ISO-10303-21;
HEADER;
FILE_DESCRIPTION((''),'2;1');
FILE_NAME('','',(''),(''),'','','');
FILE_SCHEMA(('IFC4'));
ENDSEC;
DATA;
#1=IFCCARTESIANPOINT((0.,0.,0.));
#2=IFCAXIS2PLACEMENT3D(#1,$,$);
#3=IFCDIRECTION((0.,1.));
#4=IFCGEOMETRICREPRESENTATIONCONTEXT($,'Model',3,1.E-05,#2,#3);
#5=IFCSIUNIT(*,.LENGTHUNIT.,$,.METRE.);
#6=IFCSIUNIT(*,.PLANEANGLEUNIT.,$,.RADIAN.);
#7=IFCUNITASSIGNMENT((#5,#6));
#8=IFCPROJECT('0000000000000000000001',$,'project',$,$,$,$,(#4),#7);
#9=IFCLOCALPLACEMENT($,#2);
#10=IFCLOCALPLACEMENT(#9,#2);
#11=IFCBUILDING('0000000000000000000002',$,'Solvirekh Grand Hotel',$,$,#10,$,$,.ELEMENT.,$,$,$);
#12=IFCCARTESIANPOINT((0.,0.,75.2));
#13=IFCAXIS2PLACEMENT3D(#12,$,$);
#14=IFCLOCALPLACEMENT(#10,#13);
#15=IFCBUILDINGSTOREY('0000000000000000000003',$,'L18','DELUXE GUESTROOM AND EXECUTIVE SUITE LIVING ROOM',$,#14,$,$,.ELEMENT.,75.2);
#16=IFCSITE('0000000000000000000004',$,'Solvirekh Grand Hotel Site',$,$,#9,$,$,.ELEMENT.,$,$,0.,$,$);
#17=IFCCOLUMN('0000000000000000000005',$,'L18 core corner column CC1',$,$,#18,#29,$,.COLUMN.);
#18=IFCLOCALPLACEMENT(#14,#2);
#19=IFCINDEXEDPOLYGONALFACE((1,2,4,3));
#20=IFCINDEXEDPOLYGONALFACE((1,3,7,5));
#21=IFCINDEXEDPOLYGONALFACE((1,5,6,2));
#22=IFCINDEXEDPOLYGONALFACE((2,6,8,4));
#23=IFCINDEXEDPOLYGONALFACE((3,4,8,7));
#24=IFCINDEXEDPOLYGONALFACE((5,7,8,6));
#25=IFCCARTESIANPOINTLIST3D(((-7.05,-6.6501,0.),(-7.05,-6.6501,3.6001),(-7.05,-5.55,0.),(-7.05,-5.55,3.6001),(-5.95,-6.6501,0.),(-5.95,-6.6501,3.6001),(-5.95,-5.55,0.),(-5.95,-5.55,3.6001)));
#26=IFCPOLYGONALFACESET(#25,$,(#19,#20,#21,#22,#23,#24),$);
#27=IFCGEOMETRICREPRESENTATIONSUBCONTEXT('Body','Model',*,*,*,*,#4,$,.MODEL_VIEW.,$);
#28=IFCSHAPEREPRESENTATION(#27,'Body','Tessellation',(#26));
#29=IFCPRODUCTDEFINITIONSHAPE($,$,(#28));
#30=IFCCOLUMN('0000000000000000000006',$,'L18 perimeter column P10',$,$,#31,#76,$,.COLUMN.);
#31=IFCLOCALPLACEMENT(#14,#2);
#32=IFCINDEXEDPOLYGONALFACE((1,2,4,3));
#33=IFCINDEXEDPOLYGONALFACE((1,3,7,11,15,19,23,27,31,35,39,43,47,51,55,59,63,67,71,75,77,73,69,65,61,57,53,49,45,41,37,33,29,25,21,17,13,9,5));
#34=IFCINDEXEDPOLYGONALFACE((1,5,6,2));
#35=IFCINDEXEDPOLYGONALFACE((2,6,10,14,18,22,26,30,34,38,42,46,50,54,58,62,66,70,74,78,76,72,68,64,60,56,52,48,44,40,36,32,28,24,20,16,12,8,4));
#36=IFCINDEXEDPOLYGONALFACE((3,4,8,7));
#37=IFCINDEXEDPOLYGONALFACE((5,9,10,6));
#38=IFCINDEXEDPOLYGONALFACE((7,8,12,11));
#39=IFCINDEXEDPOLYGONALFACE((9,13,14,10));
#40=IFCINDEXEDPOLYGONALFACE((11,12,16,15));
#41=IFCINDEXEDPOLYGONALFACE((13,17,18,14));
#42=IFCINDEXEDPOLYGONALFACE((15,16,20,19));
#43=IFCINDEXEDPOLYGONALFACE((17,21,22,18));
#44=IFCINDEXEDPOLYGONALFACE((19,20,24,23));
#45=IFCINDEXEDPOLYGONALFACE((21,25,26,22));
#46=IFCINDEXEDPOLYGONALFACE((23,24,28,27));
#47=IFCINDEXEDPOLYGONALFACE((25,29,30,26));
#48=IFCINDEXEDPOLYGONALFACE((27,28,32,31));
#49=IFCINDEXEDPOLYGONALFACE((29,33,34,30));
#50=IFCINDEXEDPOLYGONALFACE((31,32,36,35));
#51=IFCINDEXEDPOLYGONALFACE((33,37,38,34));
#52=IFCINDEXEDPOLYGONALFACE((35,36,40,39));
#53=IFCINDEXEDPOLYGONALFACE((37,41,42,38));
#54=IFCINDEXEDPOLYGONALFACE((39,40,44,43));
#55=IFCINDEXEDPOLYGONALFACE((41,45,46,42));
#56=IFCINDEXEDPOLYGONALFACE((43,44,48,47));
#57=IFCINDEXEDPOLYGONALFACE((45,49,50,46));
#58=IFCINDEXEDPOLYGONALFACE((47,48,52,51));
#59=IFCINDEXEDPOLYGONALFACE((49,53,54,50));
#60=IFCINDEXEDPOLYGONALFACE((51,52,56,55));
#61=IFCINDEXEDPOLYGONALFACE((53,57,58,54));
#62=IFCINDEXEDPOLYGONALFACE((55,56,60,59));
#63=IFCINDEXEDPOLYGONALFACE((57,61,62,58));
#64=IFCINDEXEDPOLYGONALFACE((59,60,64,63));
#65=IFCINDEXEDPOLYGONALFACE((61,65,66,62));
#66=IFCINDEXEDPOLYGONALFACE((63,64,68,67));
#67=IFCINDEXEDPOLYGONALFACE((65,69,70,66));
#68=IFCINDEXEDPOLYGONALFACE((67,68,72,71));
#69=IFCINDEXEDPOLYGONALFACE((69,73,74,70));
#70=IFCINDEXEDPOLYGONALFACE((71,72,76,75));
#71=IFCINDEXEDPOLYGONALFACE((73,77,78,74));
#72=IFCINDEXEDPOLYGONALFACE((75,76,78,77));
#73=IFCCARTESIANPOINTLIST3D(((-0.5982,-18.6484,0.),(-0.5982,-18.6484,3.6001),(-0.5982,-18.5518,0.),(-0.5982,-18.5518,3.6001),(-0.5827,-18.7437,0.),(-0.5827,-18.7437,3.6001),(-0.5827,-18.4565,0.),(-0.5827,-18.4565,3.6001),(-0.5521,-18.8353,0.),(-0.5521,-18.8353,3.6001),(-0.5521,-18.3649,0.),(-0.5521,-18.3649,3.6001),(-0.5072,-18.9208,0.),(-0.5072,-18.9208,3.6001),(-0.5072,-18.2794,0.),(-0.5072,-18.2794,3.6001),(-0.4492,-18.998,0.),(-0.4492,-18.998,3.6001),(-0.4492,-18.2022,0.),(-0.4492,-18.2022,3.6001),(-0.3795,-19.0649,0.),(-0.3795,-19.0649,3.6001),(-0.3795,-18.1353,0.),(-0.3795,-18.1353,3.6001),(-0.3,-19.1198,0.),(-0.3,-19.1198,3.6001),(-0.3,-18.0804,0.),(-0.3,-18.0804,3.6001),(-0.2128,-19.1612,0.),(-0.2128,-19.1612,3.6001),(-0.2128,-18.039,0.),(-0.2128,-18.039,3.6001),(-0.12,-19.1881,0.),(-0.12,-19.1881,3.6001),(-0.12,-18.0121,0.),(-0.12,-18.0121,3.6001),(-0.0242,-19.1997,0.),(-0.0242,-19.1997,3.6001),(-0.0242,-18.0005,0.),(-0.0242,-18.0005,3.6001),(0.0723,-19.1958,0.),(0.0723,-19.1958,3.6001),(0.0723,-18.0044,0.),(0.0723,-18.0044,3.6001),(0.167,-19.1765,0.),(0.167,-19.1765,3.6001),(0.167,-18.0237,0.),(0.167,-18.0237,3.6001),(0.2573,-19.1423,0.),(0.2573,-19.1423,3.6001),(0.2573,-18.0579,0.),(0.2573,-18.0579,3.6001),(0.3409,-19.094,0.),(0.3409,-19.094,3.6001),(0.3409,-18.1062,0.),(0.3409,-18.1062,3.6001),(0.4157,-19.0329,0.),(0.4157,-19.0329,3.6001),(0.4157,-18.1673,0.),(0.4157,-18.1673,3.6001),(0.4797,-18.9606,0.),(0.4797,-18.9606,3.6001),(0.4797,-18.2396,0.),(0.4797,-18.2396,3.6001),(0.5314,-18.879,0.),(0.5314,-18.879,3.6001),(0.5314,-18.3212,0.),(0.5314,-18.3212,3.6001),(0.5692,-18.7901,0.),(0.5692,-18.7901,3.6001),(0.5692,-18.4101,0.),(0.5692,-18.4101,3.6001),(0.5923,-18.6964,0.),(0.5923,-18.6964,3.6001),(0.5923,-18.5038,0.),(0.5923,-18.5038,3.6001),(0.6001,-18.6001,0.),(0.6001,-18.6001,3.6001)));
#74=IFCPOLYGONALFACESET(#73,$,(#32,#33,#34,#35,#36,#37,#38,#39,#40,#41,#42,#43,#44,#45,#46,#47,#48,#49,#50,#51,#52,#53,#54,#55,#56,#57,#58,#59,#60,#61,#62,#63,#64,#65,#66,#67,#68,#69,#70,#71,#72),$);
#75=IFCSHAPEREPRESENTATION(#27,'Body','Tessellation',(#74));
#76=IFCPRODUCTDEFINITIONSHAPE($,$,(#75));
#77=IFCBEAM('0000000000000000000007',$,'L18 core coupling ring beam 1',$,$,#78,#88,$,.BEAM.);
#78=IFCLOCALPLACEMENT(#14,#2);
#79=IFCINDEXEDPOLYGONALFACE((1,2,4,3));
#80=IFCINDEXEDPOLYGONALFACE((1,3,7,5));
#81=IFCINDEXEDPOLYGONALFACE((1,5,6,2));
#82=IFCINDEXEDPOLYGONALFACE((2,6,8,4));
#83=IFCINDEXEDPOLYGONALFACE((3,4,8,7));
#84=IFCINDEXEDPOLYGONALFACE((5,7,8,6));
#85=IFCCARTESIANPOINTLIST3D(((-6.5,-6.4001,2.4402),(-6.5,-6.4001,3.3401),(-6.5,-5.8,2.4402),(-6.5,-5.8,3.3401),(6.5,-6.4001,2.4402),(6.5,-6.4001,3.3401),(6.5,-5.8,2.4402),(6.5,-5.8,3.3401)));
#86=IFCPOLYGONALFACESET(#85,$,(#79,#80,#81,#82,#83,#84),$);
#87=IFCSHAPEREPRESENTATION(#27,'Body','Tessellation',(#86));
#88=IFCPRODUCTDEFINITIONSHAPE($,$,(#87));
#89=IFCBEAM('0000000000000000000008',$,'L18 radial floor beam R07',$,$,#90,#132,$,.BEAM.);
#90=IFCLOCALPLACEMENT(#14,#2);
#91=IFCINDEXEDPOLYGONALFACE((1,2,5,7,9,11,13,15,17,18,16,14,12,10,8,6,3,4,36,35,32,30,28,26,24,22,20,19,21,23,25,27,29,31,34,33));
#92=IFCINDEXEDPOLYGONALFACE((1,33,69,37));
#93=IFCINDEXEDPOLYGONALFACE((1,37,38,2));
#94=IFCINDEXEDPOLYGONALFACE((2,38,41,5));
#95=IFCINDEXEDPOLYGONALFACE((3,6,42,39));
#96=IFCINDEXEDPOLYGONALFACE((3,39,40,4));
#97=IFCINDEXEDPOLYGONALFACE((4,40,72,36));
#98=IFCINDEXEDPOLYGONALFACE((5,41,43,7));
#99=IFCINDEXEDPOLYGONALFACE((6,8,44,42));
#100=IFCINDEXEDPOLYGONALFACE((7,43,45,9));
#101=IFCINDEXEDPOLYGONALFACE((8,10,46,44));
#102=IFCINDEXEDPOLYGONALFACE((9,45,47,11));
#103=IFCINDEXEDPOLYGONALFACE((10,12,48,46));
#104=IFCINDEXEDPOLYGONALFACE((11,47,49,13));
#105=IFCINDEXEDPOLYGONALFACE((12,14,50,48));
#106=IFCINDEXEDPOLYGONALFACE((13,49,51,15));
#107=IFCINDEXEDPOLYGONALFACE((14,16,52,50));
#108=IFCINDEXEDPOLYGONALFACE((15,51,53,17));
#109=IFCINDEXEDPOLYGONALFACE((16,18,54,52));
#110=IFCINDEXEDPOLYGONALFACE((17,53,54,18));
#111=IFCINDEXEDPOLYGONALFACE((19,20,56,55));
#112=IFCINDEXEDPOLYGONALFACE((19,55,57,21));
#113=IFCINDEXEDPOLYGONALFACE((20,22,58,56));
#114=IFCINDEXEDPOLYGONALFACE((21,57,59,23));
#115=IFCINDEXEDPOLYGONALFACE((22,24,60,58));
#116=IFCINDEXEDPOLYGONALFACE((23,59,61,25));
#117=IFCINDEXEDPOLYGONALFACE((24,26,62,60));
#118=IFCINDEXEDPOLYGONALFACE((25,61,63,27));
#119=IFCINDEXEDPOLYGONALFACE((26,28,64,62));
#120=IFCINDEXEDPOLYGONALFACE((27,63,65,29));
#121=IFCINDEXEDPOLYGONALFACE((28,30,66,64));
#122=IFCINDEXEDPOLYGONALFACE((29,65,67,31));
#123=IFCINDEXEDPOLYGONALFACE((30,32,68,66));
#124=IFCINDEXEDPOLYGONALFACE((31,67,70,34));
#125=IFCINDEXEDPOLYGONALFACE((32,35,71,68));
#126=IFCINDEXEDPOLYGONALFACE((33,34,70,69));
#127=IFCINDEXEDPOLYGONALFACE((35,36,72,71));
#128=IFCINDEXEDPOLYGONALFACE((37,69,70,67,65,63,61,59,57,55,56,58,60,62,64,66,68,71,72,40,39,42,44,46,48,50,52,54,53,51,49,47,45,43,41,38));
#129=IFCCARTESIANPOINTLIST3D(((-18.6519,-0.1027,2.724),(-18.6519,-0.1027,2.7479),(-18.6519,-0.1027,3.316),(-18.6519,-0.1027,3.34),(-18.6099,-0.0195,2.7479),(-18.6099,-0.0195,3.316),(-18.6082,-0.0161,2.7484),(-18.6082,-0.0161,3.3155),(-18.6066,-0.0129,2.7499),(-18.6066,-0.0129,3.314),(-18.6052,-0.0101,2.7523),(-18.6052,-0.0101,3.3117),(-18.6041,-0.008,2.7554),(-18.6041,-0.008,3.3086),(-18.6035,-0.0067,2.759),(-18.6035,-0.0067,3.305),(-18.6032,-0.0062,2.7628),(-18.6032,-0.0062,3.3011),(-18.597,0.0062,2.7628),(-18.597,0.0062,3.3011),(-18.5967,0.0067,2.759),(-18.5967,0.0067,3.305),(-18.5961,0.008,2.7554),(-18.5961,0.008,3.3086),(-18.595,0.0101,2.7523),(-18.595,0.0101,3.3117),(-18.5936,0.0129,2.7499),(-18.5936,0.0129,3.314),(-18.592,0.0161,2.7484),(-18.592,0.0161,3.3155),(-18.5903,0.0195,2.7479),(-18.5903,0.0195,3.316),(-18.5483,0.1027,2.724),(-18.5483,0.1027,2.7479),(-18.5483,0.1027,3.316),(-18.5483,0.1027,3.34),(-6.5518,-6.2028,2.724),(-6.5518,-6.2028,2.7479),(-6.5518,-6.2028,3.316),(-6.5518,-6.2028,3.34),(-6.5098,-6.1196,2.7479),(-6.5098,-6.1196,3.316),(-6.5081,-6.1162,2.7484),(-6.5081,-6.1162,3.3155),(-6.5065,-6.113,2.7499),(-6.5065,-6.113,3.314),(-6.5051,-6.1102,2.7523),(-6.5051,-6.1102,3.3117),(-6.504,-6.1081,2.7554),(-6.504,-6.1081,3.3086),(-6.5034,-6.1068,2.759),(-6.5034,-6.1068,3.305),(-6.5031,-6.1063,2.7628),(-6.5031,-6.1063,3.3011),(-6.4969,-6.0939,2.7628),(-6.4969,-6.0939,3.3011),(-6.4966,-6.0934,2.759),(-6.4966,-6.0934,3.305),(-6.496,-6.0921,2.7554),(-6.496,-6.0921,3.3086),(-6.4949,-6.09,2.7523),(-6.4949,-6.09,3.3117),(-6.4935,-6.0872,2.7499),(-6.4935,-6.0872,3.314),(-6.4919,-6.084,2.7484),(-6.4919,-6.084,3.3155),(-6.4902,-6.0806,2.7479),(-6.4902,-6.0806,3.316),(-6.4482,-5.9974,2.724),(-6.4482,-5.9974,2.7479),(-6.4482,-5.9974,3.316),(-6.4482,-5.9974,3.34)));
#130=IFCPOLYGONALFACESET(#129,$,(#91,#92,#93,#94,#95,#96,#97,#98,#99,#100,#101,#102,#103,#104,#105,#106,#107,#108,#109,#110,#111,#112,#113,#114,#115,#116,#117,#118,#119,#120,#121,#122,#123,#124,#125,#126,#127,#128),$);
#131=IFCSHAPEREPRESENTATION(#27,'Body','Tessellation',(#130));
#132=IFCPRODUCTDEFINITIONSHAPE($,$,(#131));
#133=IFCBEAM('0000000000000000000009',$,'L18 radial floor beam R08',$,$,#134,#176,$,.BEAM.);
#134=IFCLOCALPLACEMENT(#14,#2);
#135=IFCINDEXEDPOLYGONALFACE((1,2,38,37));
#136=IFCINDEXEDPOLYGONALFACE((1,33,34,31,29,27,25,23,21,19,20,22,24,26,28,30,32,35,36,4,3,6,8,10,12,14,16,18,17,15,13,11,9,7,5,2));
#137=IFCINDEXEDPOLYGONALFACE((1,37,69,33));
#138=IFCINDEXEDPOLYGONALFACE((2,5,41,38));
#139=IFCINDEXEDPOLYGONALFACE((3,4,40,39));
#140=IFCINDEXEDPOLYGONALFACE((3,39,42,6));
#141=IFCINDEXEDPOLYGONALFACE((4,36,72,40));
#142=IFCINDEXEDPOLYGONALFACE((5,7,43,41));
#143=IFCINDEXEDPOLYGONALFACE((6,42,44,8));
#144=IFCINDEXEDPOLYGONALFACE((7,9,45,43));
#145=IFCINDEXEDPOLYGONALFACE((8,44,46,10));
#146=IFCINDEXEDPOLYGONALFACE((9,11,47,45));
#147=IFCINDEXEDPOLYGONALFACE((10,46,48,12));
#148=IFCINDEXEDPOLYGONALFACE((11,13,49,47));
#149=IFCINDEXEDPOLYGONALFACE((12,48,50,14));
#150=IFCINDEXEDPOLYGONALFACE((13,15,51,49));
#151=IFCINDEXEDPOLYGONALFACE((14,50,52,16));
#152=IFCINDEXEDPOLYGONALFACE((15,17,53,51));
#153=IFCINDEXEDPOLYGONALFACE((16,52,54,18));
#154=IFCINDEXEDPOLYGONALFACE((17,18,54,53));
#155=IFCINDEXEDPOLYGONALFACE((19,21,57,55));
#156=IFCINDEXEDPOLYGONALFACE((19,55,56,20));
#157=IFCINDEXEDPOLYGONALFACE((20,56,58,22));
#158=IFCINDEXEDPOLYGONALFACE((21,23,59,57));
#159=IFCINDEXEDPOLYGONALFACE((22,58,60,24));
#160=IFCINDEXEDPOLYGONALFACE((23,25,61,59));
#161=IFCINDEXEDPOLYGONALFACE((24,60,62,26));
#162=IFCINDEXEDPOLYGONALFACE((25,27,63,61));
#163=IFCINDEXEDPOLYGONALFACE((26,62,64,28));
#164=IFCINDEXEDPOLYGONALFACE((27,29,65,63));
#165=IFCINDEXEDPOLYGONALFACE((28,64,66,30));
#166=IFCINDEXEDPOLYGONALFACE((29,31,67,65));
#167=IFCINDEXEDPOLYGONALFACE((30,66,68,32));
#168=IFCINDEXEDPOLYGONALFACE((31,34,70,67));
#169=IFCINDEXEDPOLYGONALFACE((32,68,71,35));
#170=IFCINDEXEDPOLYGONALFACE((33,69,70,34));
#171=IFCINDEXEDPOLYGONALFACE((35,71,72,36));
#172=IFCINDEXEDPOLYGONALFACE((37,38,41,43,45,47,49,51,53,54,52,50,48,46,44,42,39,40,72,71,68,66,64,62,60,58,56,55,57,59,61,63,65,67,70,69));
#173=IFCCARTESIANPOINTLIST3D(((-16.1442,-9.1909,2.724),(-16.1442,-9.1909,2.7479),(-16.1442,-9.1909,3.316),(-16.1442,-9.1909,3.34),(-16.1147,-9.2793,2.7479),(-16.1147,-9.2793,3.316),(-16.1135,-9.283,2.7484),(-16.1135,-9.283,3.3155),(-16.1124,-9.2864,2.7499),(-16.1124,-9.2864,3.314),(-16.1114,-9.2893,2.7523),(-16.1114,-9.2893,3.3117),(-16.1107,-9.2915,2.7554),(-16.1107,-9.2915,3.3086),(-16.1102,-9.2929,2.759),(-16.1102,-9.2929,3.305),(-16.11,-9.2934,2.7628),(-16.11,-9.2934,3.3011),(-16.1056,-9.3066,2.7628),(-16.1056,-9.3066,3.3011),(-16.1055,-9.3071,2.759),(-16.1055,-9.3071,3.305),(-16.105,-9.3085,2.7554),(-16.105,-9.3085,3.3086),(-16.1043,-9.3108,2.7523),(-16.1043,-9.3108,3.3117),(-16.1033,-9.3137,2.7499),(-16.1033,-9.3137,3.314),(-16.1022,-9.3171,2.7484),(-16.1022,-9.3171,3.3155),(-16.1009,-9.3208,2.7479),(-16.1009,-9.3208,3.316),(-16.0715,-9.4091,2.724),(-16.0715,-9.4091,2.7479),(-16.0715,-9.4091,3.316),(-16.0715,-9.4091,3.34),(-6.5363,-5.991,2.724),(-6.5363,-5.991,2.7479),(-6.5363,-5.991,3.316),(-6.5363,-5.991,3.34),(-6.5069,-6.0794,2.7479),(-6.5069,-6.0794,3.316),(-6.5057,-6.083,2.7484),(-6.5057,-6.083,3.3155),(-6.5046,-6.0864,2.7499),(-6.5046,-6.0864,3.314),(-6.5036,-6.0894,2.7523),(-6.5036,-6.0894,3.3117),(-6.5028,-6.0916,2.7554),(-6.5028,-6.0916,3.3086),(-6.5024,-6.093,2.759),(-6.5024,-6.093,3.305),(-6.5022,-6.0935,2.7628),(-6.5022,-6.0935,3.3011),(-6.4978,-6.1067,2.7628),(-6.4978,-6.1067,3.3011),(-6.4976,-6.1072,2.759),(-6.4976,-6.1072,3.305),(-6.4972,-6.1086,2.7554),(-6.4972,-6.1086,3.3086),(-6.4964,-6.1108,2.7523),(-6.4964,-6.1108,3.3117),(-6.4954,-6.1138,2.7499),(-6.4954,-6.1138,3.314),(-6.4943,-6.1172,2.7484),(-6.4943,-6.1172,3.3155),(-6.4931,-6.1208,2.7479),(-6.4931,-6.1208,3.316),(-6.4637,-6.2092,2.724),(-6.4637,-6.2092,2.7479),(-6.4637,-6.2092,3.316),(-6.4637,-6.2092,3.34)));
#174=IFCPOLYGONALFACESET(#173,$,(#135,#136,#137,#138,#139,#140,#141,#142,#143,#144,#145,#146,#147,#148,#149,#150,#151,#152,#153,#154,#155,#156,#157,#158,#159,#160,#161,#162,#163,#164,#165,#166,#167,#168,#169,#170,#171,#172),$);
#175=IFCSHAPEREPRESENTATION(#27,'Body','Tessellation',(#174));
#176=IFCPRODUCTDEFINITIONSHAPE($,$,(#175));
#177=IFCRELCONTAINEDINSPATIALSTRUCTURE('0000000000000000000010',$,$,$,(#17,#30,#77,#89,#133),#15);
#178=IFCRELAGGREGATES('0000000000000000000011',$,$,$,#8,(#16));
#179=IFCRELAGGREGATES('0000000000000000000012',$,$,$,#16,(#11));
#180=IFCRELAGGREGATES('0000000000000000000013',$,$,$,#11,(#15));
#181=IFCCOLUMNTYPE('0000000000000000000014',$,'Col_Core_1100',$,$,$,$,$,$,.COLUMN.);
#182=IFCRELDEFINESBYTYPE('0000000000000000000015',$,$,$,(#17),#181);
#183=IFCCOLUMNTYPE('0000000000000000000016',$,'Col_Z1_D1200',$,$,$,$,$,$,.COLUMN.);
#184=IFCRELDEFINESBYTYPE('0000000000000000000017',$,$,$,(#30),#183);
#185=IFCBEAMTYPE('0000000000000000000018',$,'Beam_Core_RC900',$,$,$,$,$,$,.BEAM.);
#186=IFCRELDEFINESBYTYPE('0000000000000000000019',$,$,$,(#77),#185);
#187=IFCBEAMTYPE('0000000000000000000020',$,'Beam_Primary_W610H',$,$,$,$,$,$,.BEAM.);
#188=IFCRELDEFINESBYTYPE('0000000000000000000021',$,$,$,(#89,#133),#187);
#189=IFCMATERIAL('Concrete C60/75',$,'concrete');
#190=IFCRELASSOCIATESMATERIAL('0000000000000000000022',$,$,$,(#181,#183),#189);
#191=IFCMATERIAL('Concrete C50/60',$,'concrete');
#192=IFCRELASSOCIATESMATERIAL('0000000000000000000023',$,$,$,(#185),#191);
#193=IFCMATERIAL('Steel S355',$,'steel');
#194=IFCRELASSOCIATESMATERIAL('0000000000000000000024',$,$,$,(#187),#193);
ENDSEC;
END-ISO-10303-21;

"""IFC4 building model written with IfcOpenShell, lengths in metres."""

from ifc_helpers import new_model, si_unit, direction, frame, origin, origin_2d, place, context, subcontext, project, spatial, rectangle, circle, i_section, extrude, material, material_profile, profile_set, type_object, element, save


model = new_model("IFC4")

# Units and contexts
model_context = context("Model", 3, precision=1e-05, world=origin(), true_north=direction((0.0, 1.0)))
body_context = subcontext(model_context, "Body", "Model", "MODEL_VIEW")
ifc_project = project(units=[si_unit("LENGTHUNIT", "METRE"), si_unit("PLANEANGLEUNIT", "RADIAN")], contexts=[model_context])

# Site, building, storey
site_placement = place(None, origin())
site = spatial("IfcSite", under=ifc_project, at=site_placement, Name="Solvirekh Grand Hotel Site", CompositionType="ELEMENT", RefElevation=0.0)
building_placement = place(site_placement, origin())
building = spatial("IfcBuilding", under=site, at=building_placement, Name="Solvirekh Grand Hotel", CompositionType="ELEMENT")
storey_placement = place(building_placement, frame((0.0, 0.0, 75.2)))
storey = spatial("IfcBuildingStorey", under=building, at=storey_placement, Name="L18", Description="DELUXE GUESTROOM AND EXECUTIVE SUITE LIVING ROOM", CompositionType="ELEMENT", Elevation=75.2)

# Columns
ifc_material_1 = material(Name="Concrete C60/75", Category="concrete")
ifc_material_profile_1 = material_profile(ifc_material_1, rectangle(XDim=1.1001, YDim=1.1001, at=origin_2d()), Name="RC 1100X1100")
ifc_profile_set_1 = profile_set([ifc_material_profile_1], Name="Concrete C60/75")
column_type_1 = type_object("IfcColumnType", Name="Col_Core_1100", PredefinedType="COLUMN", material=ifc_profile_set_1)
column_1_placement = place(storey_placement, frame((-6.5, -6.1001, 0.0), z_axis=(0.0, 0.0, 1.0), x_axis=(1.0, 0.0, 0.0)))
element("IfcColumn", 1, at=column_1_placement, inside=storey, type_object=column_type_1, Name="L18 core corner column CC1", PredefinedType="COLUMN", context=body_context, shape_type="SweptSolid", body=[
    extrude(rectangle(XDim=1.1001, YDim=1.1001, at=origin_2d()), origin(), (0.0, 0.0, 1.0), 3.6001),
])
ifc_material_profile_2 = material_profile(ifc_material_1, circle(Radius=0.6001, at=origin_2d()), Name="RC CIRC D1200")
ifc_profile_set_2 = profile_set([ifc_material_profile_2], Name="Concrete C60/75")
column_type_2 = type_object("IfcColumnType", Name="Col_Z1_D1200", PredefinedType="COLUMN", material=ifc_profile_set_2)
column_2_placement = place(storey_placement, frame((0.0, -18.6001, 0.0), z_axis=(0.0, 0.0, 1.0), x_axis=(1.0, 0.0, 0.0)))
element("IfcColumn", 2, at=column_2_placement, inside=storey, type_object=column_type_2, Name="L18 perimeter column P10", PredefinedType="COLUMN", context=body_context, shape_type="SweptSolid", body=[
    extrude(circle(Radius=0.6001, at=origin_2d()), origin(), (0.0, 0.0, 1.0), 3.6001),
])

# Beams
ifc_material_2 = material(Name="Concrete C50/60", Category="concrete")
ifc_material_profile_3 = material_profile(ifc_material_2, rectangle(XDim=0.6001, YDim=0.8999, at=origin_2d()), Name="RC BEAM 600X900")
ifc_profile_set_3 = profile_set([ifc_material_profile_3], Name="Concrete C50/60")
beam_type_1 = type_object("IfcBeamType", Name="Beam_Core_RC900", PredefinedType="BEAM", material=ifc_profile_set_3)
beam_1_placement = place(storey_placement, frame((-6.5, -6.1001, 2.8901), z_axis=(1.0, 0.0, 0.0), x_axis=(0.0, 1.0, 0.0)))
element("IfcBeam", 3, at=beam_1_placement, inside=storey, type_object=beam_type_1, Name="L18 core coupling ring beam 1", PredefinedType="BEAM", context=body_context, shape_type="SweptSolid", body=[
    extrude(rectangle(XDim=0.6001, YDim=0.8999, at=origin_2d()), origin(), (0.0, 0.0, 1.0), 13.0),
])
ifc_material_3 = material(Name="Steel S355", Category="steel")
ifc_material_profile_4 = material_profile(ifc_material_3, i_section(OverallWidth=0.23, OverallDepth=0.616, WebThickness=0.0139, FlangeThickness=0.0239, FilletRadius=0.0149, at=origin_2d()), Name="W610X174")
ifc_profile_set_4 = profile_set([ifc_material_profile_4], Name="Steel S355")
beam_type_2 = type_object("IfcBeamType", Name="Beam_Primary_W610H", PredefinedType="BEAM", material=ifc_profile_set_4)
beam_2_placement = place(storey_placement, frame((-6.5, -6.1001, 3.032), z_axis=(-0.892945, 0.450166, 0.0), x_axis=(-0.450166, -0.892945, 0.0)))
element("IfcBeam", 4, at=beam_2_placement, inside=storey, type_object=beam_type_2, Name="L18 radial floor beam R07", PredefinedType="BEAM", context=body_context, shape_type="SweptSolid", body=[
    extrude(i_section(OverallWidth=0.23, OverallDepth=0.616, WebThickness=0.0139, FlangeThickness=0.0239, FilletRadius=0.0149, at=origin_2d()), origin(), (0.0, 0.0, 1.0), 13.5508),
])
beam_3_placement = place(storey_placement, frame((-6.5, -6.1001, 3.032), z_axis=(-0.948763, -0.315989, 0.0), x_axis=(0.315989, -0.948763, 0.0)))
element("IfcBeam", 5, at=beam_3_placement, inside=storey, type_object=beam_type_2, Name="L18 radial floor beam R08", PredefinedType="BEAM", context=body_context, shape_type="SweptSolid", body=[
    extrude(i_section(OverallWidth=0.23, OverallDepth=0.616, WebThickness=0.0139, FlangeThickness=0.0239, FilletRadius=0.0149, at=origin_2d()), origin(), (0.0, 0.0, 1.0), 10.1267),
])

save(model, "model.ifc")
